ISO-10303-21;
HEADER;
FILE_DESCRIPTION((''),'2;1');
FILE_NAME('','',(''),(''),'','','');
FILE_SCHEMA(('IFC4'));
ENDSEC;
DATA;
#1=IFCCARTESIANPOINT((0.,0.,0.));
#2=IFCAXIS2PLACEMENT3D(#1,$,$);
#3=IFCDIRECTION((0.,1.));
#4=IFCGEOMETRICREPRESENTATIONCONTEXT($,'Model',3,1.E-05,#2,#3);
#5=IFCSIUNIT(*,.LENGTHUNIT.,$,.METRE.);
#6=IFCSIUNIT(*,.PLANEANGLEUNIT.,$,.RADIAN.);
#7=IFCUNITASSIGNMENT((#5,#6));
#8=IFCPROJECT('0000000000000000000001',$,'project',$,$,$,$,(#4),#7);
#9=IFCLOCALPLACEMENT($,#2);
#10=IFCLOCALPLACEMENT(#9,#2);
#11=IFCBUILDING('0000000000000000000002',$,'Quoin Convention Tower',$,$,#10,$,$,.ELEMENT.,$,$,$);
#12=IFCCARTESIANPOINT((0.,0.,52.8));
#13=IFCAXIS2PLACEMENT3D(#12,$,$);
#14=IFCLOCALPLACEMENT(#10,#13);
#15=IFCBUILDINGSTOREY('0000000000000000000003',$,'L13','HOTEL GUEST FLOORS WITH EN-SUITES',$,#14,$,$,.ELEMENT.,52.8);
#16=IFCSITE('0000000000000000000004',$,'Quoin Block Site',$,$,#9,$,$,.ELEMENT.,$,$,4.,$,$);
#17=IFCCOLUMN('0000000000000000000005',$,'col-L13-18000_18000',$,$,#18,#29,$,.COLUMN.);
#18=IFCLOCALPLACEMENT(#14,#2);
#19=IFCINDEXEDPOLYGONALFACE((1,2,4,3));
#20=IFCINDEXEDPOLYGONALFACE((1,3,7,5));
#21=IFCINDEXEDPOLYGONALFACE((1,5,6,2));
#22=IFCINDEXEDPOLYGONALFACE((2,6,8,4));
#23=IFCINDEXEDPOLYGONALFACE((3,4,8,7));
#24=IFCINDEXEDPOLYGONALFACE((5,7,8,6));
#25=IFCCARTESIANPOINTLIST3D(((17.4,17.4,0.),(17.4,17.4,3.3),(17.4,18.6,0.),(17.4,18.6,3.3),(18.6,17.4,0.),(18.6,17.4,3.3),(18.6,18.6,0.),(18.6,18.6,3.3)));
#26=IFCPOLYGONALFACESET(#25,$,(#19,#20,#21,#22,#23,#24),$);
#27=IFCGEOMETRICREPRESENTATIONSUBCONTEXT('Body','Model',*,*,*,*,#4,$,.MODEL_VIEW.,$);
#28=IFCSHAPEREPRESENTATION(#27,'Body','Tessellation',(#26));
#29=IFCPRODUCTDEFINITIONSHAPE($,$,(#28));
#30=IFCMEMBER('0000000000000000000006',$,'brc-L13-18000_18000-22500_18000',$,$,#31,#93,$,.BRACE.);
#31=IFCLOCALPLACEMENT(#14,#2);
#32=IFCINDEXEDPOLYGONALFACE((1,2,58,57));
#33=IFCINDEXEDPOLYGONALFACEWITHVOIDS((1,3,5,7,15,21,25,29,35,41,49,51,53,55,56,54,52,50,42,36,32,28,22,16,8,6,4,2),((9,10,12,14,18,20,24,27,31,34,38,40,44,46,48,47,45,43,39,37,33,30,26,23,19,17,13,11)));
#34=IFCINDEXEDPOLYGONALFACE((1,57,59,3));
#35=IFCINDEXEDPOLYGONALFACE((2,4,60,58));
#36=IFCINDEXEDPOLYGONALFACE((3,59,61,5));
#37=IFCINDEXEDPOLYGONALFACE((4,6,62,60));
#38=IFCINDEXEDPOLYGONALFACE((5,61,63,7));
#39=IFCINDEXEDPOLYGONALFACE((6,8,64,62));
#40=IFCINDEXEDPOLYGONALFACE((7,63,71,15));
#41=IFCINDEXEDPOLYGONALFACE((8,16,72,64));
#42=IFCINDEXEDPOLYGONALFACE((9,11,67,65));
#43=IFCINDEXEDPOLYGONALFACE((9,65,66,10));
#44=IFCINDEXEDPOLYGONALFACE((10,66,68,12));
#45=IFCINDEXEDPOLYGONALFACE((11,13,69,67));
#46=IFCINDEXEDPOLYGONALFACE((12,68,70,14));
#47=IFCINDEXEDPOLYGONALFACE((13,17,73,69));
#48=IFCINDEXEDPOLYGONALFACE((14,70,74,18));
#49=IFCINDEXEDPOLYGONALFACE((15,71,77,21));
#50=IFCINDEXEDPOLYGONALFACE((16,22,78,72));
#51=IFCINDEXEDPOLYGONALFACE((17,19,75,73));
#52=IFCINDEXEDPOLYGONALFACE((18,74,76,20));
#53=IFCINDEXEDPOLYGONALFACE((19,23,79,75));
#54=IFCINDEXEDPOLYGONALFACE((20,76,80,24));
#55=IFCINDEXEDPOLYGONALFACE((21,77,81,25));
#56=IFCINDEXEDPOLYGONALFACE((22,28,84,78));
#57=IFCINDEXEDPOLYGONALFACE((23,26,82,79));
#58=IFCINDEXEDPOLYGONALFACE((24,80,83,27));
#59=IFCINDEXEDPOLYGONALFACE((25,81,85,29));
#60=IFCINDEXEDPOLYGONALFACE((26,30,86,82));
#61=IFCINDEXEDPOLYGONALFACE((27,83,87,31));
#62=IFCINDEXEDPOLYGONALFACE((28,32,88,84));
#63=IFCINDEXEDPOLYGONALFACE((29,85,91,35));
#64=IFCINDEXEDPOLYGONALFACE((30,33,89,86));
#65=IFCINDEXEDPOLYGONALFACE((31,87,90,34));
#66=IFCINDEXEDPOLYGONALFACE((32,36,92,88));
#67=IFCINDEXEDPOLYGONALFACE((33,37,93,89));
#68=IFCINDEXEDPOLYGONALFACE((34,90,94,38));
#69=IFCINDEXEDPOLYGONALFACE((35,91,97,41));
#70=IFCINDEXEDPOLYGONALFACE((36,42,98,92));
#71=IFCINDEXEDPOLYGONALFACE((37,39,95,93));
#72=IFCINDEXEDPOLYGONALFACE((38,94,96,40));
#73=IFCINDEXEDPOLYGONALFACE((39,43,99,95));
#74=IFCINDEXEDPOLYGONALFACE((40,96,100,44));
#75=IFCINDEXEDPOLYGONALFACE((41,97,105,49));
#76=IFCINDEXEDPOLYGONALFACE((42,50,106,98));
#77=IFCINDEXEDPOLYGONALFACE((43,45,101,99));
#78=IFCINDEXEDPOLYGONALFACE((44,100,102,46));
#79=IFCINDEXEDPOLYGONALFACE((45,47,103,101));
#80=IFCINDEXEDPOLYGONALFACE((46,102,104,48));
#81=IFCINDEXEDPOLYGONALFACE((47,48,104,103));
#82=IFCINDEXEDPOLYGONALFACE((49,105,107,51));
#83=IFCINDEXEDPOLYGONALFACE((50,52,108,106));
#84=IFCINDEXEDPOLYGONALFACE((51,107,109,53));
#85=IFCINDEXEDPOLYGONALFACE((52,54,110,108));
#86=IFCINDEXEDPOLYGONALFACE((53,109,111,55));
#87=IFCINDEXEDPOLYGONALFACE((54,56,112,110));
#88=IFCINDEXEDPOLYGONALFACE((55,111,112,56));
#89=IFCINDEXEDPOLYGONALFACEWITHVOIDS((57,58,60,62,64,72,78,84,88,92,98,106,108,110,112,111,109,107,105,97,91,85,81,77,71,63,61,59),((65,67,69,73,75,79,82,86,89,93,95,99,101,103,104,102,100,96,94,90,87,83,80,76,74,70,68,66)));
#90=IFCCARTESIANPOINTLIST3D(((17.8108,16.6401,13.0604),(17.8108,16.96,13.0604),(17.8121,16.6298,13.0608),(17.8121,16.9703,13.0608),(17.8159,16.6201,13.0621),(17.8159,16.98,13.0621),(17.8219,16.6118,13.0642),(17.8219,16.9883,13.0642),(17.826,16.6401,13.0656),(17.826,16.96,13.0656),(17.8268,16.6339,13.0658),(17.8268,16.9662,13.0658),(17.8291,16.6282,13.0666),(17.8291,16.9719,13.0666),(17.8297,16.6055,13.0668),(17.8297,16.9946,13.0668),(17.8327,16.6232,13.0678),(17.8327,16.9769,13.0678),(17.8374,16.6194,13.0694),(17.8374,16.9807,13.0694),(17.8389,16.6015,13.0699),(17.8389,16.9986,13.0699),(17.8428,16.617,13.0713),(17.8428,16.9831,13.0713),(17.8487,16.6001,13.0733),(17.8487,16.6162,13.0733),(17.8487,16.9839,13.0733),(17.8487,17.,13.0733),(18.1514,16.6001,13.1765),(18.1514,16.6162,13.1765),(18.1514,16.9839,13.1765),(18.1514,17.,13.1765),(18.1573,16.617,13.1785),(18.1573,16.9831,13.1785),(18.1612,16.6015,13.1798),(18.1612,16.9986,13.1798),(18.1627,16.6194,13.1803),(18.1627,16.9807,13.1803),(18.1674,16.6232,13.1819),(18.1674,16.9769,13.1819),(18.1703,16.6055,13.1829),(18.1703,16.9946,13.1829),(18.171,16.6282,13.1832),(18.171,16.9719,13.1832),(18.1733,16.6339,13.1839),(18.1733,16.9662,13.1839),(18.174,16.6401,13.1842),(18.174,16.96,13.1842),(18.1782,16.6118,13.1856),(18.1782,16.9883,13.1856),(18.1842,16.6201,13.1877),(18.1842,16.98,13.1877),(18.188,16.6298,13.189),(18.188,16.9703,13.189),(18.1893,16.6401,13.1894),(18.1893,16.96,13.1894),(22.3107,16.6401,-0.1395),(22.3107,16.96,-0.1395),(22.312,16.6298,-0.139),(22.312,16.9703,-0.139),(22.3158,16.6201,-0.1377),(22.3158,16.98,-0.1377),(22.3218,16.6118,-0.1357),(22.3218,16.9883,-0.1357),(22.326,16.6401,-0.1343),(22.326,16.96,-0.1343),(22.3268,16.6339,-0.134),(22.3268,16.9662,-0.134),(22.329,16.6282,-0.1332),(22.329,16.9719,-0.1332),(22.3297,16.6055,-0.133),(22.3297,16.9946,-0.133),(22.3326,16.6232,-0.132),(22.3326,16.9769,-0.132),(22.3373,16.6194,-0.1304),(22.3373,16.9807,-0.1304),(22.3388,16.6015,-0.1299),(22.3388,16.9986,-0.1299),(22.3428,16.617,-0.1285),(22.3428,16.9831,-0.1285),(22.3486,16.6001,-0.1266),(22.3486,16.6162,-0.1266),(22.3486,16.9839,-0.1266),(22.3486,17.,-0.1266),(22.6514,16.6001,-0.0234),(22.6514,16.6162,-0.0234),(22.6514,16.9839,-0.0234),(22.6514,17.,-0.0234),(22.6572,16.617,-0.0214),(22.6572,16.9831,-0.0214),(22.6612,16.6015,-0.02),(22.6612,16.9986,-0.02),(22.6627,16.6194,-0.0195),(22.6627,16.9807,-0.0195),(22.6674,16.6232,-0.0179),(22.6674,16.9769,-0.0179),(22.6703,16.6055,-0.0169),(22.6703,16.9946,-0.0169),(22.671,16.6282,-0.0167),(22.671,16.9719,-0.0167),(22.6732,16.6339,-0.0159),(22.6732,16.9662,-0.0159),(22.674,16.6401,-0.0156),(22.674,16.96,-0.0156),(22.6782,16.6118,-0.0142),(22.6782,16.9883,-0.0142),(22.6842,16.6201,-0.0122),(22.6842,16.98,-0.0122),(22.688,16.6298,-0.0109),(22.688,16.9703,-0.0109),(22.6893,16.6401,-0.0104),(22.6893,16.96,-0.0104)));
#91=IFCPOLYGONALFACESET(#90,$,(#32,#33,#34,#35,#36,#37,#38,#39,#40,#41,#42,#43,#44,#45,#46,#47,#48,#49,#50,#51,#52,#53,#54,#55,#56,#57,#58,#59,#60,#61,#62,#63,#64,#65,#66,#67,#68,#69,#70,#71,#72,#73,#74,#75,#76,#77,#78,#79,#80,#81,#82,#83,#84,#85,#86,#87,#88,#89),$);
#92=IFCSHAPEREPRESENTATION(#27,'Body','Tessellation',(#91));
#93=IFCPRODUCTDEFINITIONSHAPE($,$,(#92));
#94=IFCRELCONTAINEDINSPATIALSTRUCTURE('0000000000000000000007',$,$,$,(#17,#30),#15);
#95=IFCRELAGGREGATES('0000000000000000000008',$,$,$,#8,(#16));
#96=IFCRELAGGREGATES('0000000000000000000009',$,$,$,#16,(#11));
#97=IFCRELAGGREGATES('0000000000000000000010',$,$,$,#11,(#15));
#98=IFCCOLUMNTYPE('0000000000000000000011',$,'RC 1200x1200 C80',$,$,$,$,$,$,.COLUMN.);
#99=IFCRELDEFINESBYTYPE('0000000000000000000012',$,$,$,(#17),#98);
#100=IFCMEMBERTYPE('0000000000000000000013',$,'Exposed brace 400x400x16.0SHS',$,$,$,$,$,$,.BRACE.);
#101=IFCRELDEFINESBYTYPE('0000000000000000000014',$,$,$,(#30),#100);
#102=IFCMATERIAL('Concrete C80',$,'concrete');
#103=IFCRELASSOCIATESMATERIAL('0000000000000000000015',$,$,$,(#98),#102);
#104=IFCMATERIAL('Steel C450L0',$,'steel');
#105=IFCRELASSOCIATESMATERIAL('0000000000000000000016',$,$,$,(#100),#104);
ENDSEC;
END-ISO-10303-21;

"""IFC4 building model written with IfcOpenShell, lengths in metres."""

from ifc_helpers import new_model, si_unit, direction, frame, origin, origin_2d, place, context, subcontext, project, spatial, rectangle, hollow_rectangle, extrude, material, material_profile, profile_set, type_object, element, save


model = new_model("IFC4")

# Units and contexts
model_context = context("Model", 3, precision=1e-05, world=origin(), true_north=direction((0.0, 1.0)))
body_context = subcontext(model_context, "Body", "Model", "MODEL_VIEW")
ifc_project = project(units=[si_unit("LENGTHUNIT", "METRE"), si_unit("PLANEANGLEUNIT", "RADIAN")], contexts=[model_context])

# Site, building, storey
site_placement = place(None, origin())
site = spatial("IfcSite", under=ifc_project, at=site_placement, Name="Quoin Block Site", CompositionType="ELEMENT", RefElevation=4.0)
building_placement = place(site_placement, origin())
building = spatial("IfcBuilding", under=site, at=building_placement, Name="Quoin Convention Tower", CompositionType="ELEMENT")
storey_placement = place(building_placement, frame((0.0, 0.0, 52.8)))
storey = spatial("IfcBuildingStorey", under=building, at=storey_placement, Name="L13", Description="HOTEL GUEST FLOORS WITH EN-SUITES", CompositionType="ELEMENT", Elevation=52.8)

# Column
ifc_material_1 = material(Name="Concrete C80", Category="concrete")
ifc_material_profile_1 = material_profile(ifc_material_1, rectangle(XDim=1.2, YDim=1.2, at=origin_2d()), Name="RC 1200x1200")
ifc_profile_set_1 = profile_set([ifc_material_profile_1], Name="Concrete C80")
column_type = type_object("IfcColumnType", Name="RC 1200x1200 C80", PredefinedType="COLUMN", material=ifc_profile_set_1)
column_placement = place(storey_placement, frame((18.0, 18.0, 0.0), z_axis=(0.0, 0.0, 1.0), x_axis=(1.0, 0.0, 0.0)))
element("IfcColumn", 1, at=column_placement, inside=storey, type_object=column_type, Name="col-L13-18000_18000", PredefinedType="COLUMN", context=body_context, shape_type="SweptSolid", body=[
    extrude(rectangle(XDim=1.2, YDim=1.2, at=origin_2d()), origin(), (0.0, 0.0, 1.0), 3.3),
])

# Member
ifc_material_2 = material(Name="Steel C450L0", Category="steel")
ifc_material_profile_2 = material_profile(ifc_material_2, hollow_rectangle(XDim=0.3999, YDim=0.3999, WallThickness=0.0161, InnerFilletRadius=0.0239, OuterFilletRadius=0.04, at=origin_2d()), Name="400x400x16.0SHS")
ifc_profile_set_2 = profile_set([ifc_material_profile_2], Name="Steel C450L0")
member_type = type_object("IfcMemberType", Name="Exposed brace 400x400x16.0SHS", PredefinedType="BRACE", material=ifc_profile_set_2)
member_placement = place(storey_placement, frame((22.5, 16.8, -0.075), z_axis=(-0.322675, 0.0, 0.94651), x_axis=(0.0, -1.0, 0.0)))
element("IfcMember", 2, at=member_placement, inside=storey, type_object=member_type, Name="brc-L13-18000_18000-22500_18000", PredefinedType="BRACE", context=body_context, shape_type="SweptSolid", body=[
    extrude(hollow_rectangle(XDim=0.3999, YDim=0.3999, WallThickness=0.0161, InnerFilletRadius=0.0239, OuterFilletRadius=0.04, at=origin_2d()), origin(), (0.0, 0.0, 1.0), 13.9458),
])

save(model, "model.ifc")
